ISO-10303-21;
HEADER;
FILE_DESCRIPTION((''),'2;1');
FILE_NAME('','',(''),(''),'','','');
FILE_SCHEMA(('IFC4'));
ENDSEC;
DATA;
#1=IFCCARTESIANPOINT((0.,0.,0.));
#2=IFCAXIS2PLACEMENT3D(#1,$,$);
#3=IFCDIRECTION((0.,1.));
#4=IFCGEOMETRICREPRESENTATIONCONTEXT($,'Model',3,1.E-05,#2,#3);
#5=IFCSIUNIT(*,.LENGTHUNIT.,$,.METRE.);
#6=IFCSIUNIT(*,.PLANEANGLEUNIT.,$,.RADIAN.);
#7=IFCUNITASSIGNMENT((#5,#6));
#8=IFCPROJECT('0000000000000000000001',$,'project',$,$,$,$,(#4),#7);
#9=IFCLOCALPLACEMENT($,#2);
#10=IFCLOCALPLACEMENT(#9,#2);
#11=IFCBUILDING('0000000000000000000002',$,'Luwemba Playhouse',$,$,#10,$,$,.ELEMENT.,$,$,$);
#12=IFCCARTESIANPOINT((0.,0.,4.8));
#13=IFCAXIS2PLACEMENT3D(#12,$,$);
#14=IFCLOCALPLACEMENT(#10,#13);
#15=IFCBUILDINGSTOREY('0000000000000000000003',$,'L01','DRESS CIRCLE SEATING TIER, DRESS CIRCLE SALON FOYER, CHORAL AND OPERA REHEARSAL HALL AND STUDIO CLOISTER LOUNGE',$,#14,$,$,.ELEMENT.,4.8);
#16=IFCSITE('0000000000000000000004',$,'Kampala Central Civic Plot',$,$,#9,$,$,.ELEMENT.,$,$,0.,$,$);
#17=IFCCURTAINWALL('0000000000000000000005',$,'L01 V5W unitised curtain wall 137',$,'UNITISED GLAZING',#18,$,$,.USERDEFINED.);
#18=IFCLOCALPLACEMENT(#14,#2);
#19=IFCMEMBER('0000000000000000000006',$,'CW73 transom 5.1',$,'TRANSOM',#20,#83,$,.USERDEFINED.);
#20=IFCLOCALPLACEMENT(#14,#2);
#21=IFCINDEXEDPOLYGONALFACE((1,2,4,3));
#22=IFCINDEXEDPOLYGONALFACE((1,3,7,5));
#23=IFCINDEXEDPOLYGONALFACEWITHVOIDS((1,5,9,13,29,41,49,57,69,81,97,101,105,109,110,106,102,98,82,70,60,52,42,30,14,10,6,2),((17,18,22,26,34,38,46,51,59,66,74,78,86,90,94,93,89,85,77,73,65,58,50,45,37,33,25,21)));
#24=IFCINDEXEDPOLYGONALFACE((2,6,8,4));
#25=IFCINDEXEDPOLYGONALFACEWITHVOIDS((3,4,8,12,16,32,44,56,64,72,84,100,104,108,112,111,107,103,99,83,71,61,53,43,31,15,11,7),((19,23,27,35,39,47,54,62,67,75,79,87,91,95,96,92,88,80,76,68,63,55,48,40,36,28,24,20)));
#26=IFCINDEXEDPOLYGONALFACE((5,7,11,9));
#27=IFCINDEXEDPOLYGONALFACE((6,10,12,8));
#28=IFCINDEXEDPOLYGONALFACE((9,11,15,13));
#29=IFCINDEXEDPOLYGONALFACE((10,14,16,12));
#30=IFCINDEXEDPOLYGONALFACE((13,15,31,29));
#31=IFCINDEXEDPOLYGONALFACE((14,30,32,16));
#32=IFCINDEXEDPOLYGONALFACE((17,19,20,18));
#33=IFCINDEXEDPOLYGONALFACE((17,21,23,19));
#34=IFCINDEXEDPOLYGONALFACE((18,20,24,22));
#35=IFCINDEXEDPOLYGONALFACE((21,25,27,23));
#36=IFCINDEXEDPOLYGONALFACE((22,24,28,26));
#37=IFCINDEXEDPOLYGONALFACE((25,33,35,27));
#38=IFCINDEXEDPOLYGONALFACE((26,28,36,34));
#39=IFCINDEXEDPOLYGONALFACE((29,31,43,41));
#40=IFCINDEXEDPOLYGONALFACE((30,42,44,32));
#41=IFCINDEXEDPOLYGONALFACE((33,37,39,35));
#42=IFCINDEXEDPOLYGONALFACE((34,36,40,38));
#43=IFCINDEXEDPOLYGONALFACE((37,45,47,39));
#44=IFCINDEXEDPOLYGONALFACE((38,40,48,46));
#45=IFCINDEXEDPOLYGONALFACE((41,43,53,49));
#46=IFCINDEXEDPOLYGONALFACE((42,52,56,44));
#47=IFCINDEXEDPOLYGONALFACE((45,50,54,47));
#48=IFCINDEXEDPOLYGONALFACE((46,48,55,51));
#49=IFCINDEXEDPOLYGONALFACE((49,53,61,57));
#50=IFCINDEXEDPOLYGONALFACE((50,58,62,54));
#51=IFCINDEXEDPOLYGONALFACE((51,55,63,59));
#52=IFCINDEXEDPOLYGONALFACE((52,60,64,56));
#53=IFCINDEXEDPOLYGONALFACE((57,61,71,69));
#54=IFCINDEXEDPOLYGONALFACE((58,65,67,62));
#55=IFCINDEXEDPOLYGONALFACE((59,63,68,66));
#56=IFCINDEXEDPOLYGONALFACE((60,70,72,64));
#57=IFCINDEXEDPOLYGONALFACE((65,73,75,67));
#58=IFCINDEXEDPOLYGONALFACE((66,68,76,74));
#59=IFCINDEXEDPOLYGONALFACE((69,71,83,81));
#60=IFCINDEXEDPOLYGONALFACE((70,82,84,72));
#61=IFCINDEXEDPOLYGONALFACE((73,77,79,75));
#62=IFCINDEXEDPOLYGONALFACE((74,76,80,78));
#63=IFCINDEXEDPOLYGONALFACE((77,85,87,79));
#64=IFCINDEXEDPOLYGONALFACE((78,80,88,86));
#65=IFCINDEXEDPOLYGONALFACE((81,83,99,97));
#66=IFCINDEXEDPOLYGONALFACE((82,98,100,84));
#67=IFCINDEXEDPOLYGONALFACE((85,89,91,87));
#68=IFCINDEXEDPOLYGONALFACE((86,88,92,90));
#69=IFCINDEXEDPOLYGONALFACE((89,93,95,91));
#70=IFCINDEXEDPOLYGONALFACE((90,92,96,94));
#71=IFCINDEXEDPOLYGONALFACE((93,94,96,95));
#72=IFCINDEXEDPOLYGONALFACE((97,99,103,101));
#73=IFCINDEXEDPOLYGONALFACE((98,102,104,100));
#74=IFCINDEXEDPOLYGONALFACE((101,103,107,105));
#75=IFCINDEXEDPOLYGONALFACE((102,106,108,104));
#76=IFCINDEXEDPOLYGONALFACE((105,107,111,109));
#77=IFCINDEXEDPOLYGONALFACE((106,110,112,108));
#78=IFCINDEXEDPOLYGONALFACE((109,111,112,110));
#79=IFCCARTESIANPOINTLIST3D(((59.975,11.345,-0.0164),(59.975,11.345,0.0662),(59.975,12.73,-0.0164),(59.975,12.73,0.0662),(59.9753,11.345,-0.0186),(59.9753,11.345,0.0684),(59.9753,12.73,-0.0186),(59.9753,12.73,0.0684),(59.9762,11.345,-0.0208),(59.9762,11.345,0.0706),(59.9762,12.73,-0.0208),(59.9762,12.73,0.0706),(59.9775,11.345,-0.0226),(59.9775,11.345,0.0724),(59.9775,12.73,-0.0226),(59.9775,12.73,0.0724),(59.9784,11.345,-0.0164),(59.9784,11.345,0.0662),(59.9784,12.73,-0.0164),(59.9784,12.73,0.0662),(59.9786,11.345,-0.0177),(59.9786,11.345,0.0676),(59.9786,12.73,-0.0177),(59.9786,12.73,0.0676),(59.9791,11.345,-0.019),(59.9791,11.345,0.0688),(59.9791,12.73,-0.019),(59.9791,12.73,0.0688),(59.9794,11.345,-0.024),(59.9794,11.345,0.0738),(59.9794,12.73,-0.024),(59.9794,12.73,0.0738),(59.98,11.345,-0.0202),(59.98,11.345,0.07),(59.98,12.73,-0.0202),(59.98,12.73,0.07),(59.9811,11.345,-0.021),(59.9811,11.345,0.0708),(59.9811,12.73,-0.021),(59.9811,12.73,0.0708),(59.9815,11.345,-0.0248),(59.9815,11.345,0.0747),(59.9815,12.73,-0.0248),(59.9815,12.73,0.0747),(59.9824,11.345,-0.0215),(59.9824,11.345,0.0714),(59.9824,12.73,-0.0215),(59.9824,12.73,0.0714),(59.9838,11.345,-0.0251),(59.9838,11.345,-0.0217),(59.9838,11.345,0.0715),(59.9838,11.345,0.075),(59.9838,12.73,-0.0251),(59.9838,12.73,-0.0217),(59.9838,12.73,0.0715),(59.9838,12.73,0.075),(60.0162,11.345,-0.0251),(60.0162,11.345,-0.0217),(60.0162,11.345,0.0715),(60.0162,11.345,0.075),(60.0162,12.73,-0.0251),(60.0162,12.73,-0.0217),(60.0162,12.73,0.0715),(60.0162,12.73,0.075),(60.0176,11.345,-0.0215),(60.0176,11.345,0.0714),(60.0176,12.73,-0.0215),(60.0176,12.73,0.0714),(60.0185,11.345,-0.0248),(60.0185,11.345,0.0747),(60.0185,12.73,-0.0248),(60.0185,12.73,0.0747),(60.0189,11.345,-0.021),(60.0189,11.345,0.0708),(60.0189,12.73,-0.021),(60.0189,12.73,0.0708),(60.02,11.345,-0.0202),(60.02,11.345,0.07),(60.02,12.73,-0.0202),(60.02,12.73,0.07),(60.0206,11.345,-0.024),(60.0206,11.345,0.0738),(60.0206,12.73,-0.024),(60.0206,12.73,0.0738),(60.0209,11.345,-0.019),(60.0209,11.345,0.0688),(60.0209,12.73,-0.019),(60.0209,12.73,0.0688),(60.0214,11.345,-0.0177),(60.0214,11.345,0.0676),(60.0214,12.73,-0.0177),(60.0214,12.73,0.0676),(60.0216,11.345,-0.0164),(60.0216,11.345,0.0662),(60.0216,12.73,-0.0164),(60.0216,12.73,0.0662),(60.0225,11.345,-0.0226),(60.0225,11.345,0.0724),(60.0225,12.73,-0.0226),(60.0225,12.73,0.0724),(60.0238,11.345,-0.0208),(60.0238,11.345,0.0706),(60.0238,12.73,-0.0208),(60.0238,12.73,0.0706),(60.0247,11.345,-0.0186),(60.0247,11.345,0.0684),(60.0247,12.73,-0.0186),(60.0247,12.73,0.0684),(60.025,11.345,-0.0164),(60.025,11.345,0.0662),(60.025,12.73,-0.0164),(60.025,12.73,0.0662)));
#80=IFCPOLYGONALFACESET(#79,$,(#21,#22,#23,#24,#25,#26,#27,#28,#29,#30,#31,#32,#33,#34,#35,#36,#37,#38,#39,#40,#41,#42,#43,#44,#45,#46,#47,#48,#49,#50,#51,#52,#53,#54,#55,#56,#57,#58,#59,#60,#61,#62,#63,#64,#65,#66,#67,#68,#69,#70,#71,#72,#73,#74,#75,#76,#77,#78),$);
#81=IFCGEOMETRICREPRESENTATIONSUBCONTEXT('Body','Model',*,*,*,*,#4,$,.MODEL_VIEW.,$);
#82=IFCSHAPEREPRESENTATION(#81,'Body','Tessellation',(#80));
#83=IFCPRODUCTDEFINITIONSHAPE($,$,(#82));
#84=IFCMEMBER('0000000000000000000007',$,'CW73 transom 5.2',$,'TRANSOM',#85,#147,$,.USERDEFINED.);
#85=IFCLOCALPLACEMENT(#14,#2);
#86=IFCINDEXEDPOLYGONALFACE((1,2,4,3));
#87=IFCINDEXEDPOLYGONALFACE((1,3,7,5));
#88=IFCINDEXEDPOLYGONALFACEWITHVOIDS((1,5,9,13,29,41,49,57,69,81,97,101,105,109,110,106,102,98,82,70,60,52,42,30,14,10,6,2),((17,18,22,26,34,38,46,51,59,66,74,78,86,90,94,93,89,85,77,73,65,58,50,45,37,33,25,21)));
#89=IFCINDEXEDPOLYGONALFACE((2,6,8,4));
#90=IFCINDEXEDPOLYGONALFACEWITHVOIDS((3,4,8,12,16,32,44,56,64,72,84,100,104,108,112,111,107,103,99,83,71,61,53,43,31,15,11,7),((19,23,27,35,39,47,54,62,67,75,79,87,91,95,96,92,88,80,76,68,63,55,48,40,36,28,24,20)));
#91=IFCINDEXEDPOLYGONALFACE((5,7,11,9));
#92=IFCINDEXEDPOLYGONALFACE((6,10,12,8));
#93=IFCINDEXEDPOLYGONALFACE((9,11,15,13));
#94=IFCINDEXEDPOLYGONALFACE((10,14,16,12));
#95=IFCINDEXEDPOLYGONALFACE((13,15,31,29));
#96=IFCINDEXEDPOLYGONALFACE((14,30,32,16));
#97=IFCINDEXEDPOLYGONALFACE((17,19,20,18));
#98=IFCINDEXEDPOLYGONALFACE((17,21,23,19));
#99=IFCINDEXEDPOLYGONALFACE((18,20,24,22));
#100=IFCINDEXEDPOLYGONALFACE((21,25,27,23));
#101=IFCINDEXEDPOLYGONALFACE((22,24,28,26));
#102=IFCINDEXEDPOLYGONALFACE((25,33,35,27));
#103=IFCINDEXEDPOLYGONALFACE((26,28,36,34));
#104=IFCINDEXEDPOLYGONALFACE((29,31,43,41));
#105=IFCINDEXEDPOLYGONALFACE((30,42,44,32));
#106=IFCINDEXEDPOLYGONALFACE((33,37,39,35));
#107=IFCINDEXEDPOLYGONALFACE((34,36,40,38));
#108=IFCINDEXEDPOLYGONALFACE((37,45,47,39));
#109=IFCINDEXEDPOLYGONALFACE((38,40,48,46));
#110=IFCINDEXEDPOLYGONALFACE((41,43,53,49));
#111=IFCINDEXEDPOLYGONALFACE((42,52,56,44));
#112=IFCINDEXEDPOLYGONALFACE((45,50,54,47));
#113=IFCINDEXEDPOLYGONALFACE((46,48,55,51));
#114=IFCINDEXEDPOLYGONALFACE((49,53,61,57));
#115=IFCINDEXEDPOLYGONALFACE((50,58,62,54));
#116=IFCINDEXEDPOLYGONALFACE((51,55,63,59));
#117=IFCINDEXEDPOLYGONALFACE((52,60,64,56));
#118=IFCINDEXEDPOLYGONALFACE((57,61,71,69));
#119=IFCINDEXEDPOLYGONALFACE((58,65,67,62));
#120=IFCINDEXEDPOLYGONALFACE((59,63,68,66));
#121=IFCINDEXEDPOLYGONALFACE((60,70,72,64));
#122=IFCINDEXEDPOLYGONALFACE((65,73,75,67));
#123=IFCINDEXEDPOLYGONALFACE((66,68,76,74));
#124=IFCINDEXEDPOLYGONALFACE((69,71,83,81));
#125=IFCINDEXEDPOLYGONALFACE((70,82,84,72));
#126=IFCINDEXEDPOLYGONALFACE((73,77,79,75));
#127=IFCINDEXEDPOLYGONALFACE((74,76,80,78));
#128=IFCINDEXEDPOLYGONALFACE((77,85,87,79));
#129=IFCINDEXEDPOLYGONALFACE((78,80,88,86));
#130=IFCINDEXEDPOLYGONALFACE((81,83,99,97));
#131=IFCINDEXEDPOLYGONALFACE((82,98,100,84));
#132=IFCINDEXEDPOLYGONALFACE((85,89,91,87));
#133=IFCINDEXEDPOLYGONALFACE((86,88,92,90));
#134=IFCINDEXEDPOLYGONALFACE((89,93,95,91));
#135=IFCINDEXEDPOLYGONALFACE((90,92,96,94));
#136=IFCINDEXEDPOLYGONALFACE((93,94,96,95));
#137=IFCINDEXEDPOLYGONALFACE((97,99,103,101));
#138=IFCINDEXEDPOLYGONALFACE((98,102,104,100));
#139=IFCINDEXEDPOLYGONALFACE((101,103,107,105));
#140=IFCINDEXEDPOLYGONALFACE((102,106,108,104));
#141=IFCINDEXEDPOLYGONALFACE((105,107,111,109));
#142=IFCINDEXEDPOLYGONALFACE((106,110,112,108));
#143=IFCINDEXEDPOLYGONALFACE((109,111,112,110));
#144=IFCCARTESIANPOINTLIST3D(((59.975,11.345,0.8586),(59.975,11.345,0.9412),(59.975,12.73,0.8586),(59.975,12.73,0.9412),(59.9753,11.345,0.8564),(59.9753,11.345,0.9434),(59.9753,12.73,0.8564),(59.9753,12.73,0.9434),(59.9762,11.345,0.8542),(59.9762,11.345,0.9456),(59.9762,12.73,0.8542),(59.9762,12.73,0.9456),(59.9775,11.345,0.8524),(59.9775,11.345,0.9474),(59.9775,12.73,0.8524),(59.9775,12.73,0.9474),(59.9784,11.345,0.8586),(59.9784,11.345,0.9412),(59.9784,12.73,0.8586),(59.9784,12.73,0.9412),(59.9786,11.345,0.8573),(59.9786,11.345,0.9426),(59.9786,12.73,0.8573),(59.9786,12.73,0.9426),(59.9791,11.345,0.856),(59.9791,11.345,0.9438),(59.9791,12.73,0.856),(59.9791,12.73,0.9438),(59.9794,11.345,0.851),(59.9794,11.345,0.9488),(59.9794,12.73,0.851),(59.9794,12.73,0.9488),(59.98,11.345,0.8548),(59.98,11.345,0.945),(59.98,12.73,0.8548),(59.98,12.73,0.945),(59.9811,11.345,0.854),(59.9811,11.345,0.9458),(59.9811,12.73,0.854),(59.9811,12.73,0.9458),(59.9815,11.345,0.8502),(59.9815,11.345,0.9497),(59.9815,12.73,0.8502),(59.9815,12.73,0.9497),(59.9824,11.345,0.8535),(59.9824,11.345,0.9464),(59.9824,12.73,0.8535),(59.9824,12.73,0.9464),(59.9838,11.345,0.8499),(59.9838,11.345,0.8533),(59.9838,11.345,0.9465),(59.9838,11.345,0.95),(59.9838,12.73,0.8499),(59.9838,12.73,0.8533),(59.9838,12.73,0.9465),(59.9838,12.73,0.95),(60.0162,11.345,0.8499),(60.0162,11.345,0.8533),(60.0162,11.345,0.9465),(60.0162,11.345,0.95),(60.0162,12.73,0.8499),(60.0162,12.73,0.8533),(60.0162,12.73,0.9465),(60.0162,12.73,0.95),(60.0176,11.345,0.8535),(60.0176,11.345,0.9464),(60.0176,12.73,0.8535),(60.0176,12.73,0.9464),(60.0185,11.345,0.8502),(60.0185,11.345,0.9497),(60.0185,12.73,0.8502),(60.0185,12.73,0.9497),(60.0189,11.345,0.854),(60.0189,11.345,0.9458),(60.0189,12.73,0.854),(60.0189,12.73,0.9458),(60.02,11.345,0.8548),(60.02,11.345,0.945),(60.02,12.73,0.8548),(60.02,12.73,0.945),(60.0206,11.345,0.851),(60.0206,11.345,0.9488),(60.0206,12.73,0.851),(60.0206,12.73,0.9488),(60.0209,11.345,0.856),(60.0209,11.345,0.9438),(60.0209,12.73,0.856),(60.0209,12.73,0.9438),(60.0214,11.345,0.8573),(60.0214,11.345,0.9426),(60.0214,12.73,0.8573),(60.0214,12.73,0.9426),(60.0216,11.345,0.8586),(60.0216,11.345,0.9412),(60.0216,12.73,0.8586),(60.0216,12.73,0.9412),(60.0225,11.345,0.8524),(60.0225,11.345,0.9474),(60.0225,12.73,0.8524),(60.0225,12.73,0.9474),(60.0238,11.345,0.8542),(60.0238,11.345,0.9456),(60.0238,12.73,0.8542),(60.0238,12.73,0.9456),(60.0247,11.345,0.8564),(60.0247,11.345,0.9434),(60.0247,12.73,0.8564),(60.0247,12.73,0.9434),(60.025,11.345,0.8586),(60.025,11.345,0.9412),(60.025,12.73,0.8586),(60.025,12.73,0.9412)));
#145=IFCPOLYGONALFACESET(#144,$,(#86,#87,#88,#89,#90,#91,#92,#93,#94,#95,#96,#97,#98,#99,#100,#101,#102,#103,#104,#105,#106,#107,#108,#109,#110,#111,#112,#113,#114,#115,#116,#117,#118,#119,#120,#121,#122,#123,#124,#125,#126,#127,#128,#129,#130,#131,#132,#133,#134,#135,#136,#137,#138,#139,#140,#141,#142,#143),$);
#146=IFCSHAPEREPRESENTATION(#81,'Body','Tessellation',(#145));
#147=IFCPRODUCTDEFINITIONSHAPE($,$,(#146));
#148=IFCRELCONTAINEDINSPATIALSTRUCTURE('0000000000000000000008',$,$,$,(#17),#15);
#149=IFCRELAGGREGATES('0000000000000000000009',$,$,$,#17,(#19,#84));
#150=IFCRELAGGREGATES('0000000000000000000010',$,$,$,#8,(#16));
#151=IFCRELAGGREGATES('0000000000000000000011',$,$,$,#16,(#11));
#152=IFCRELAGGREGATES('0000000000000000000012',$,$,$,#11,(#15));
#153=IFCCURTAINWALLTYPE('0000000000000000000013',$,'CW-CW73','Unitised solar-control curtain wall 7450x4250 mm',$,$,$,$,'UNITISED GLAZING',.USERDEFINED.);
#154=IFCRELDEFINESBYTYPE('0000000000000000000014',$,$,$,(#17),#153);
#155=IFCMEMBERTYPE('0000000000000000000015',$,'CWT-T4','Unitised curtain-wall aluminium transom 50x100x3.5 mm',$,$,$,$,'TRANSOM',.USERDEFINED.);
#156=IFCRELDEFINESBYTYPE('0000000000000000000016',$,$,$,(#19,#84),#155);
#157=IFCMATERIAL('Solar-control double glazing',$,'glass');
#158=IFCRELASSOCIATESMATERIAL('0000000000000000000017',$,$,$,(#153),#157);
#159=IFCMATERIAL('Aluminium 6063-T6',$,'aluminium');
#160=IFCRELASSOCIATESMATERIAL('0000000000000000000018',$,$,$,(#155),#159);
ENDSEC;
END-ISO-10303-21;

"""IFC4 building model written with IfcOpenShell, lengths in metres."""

from ifc_helpers import new_model, si_unit, direction, frame, origin, origin_2d, place, context, subcontext, project, spatial, hollow_rectangle, extrude, material, material_profile, profile_set, type_object, element, aggregate, save


model = new_model("IFC4")

# Units and contexts
model_context = context("Model", 3, precision=1e-05, world=origin(), true_north=direction((0.0, 1.0)))
body_context = subcontext(model_context, "Body", "Model", "MODEL_VIEW")
ifc_project = project(units=[si_unit("LENGTHUNIT", "METRE"), si_unit("PLANEANGLEUNIT", "RADIAN")], contexts=[model_context])

# Site, building, storey
site_placement = place(None, origin())
site = spatial("IfcSite", under=ifc_project, at=site_placement, Name="Kampala Central Civic Plot", CompositionType="ELEMENT", RefElevation=0.0)
building_placement = place(site_placement, origin())
building = spatial("IfcBuilding", under=site, at=building_placement, Name="Luwemba Playhouse", CompositionType="ELEMENT")
storey_placement = place(building_placement, frame((0.0, 0.0, 4.8)))
storey = spatial("IfcBuildingStorey", under=building, at=storey_placement, Name="L01", Description="DRESS CIRCLE SEATING TIER, DRESS CIRCLE SALON FOYER, CHORAL AND OPERA REHEARSAL HALL AND STUDIO CLOISTER LOUNGE", CompositionType="ELEMENT", Elevation=4.8)

# Curtain wall, members
ifc_material_1 = material(Name="Solar-control double glazing", Category="glass")
curtain_wall_type = type_object("IfcCurtainWallType", Name="CW-CW73", Description="Unitised solar-control curtain wall 7450x4250 mm", ElementType="UNITISED GLAZING", PredefinedType="USERDEFINED", material=ifc_material_1)
curtain_wall_placement = place(storey_placement, origin())
curtain_wall = element("IfcCurtainWall", 1, at=curtain_wall_placement, inside=storey, type_object=curtain_wall_type, Name="L01 V5W unitised curtain wall 137", ObjectType="UNITISED GLAZING", PredefinedType="USERDEFINED")
ifc_material_2 = material(Name="Aluminium 6063-T6", Category="aluminium")
ifc_material_profile_1 = material_profile(ifc_material_2, hollow_rectangle(XDim=0.05, YDim=0.1001, WallThickness=0.0034, InnerFilletRadius=0.0054, OuterFilletRadius=0.0088, at=origin_2d()))
ifc_profile_set_1 = profile_set([ifc_material_profile_1], Name="Aluminium 6063-T6")
member_type_1 = type_object("IfcMemberType", Name="CWT-T4", Description="Unitised curtain-wall aluminium transom 50x100x3.5 mm", ElementType="TRANSOM", PredefinedType="USERDEFINED", material=ifc_profile_set_1)
member_1_placement = place(storey_placement, frame((60.0, 12.73, 0.0249), z_axis=(0.0, -1.0, 0.0), x_axis=(1.0, 0.0, 0.0)))
member_1 = element("IfcMember", 2, at=member_1_placement, type_object=member_type_1, Name="CW73 transom 5.1", ObjectType="TRANSOM", PredefinedType="USERDEFINED", context=body_context, shape_type="SweptSolid", body=[
    extrude(hollow_rectangle(XDim=0.05, YDim=0.1001, WallThickness=0.0034, InnerFilletRadius=0.0054, OuterFilletRadius=0.0088, at=origin_2d()), origin(), (0.0, 0.0, 1.0), 1.385),
])
member_2_placement = place(storey_placement, frame((60.0, 12.73, 0.8999), z_axis=(0.0, -1.0, 0.0), x_axis=(1.0, 0.0, 0.0)))
member_2 = element("IfcMember", 3, at=member_2_placement, type_object=member_type_1, Name="CW73 transom 5.2", ObjectType="TRANSOM", PredefinedType="USERDEFINED", context=body_context, shape_type="SweptSolid", body=[
    extrude(hollow_rectangle(XDim=0.05, YDim=0.1001, WallThickness=0.0034, InnerFilletRadius=0.0054, OuterFilletRadius=0.0088, at=origin_2d()), origin(), (0.0, 0.0, 1.0), 1.385),
])
aggregate(curtain_wall, [member_1, member_2])

save(model, "model.ifc")
